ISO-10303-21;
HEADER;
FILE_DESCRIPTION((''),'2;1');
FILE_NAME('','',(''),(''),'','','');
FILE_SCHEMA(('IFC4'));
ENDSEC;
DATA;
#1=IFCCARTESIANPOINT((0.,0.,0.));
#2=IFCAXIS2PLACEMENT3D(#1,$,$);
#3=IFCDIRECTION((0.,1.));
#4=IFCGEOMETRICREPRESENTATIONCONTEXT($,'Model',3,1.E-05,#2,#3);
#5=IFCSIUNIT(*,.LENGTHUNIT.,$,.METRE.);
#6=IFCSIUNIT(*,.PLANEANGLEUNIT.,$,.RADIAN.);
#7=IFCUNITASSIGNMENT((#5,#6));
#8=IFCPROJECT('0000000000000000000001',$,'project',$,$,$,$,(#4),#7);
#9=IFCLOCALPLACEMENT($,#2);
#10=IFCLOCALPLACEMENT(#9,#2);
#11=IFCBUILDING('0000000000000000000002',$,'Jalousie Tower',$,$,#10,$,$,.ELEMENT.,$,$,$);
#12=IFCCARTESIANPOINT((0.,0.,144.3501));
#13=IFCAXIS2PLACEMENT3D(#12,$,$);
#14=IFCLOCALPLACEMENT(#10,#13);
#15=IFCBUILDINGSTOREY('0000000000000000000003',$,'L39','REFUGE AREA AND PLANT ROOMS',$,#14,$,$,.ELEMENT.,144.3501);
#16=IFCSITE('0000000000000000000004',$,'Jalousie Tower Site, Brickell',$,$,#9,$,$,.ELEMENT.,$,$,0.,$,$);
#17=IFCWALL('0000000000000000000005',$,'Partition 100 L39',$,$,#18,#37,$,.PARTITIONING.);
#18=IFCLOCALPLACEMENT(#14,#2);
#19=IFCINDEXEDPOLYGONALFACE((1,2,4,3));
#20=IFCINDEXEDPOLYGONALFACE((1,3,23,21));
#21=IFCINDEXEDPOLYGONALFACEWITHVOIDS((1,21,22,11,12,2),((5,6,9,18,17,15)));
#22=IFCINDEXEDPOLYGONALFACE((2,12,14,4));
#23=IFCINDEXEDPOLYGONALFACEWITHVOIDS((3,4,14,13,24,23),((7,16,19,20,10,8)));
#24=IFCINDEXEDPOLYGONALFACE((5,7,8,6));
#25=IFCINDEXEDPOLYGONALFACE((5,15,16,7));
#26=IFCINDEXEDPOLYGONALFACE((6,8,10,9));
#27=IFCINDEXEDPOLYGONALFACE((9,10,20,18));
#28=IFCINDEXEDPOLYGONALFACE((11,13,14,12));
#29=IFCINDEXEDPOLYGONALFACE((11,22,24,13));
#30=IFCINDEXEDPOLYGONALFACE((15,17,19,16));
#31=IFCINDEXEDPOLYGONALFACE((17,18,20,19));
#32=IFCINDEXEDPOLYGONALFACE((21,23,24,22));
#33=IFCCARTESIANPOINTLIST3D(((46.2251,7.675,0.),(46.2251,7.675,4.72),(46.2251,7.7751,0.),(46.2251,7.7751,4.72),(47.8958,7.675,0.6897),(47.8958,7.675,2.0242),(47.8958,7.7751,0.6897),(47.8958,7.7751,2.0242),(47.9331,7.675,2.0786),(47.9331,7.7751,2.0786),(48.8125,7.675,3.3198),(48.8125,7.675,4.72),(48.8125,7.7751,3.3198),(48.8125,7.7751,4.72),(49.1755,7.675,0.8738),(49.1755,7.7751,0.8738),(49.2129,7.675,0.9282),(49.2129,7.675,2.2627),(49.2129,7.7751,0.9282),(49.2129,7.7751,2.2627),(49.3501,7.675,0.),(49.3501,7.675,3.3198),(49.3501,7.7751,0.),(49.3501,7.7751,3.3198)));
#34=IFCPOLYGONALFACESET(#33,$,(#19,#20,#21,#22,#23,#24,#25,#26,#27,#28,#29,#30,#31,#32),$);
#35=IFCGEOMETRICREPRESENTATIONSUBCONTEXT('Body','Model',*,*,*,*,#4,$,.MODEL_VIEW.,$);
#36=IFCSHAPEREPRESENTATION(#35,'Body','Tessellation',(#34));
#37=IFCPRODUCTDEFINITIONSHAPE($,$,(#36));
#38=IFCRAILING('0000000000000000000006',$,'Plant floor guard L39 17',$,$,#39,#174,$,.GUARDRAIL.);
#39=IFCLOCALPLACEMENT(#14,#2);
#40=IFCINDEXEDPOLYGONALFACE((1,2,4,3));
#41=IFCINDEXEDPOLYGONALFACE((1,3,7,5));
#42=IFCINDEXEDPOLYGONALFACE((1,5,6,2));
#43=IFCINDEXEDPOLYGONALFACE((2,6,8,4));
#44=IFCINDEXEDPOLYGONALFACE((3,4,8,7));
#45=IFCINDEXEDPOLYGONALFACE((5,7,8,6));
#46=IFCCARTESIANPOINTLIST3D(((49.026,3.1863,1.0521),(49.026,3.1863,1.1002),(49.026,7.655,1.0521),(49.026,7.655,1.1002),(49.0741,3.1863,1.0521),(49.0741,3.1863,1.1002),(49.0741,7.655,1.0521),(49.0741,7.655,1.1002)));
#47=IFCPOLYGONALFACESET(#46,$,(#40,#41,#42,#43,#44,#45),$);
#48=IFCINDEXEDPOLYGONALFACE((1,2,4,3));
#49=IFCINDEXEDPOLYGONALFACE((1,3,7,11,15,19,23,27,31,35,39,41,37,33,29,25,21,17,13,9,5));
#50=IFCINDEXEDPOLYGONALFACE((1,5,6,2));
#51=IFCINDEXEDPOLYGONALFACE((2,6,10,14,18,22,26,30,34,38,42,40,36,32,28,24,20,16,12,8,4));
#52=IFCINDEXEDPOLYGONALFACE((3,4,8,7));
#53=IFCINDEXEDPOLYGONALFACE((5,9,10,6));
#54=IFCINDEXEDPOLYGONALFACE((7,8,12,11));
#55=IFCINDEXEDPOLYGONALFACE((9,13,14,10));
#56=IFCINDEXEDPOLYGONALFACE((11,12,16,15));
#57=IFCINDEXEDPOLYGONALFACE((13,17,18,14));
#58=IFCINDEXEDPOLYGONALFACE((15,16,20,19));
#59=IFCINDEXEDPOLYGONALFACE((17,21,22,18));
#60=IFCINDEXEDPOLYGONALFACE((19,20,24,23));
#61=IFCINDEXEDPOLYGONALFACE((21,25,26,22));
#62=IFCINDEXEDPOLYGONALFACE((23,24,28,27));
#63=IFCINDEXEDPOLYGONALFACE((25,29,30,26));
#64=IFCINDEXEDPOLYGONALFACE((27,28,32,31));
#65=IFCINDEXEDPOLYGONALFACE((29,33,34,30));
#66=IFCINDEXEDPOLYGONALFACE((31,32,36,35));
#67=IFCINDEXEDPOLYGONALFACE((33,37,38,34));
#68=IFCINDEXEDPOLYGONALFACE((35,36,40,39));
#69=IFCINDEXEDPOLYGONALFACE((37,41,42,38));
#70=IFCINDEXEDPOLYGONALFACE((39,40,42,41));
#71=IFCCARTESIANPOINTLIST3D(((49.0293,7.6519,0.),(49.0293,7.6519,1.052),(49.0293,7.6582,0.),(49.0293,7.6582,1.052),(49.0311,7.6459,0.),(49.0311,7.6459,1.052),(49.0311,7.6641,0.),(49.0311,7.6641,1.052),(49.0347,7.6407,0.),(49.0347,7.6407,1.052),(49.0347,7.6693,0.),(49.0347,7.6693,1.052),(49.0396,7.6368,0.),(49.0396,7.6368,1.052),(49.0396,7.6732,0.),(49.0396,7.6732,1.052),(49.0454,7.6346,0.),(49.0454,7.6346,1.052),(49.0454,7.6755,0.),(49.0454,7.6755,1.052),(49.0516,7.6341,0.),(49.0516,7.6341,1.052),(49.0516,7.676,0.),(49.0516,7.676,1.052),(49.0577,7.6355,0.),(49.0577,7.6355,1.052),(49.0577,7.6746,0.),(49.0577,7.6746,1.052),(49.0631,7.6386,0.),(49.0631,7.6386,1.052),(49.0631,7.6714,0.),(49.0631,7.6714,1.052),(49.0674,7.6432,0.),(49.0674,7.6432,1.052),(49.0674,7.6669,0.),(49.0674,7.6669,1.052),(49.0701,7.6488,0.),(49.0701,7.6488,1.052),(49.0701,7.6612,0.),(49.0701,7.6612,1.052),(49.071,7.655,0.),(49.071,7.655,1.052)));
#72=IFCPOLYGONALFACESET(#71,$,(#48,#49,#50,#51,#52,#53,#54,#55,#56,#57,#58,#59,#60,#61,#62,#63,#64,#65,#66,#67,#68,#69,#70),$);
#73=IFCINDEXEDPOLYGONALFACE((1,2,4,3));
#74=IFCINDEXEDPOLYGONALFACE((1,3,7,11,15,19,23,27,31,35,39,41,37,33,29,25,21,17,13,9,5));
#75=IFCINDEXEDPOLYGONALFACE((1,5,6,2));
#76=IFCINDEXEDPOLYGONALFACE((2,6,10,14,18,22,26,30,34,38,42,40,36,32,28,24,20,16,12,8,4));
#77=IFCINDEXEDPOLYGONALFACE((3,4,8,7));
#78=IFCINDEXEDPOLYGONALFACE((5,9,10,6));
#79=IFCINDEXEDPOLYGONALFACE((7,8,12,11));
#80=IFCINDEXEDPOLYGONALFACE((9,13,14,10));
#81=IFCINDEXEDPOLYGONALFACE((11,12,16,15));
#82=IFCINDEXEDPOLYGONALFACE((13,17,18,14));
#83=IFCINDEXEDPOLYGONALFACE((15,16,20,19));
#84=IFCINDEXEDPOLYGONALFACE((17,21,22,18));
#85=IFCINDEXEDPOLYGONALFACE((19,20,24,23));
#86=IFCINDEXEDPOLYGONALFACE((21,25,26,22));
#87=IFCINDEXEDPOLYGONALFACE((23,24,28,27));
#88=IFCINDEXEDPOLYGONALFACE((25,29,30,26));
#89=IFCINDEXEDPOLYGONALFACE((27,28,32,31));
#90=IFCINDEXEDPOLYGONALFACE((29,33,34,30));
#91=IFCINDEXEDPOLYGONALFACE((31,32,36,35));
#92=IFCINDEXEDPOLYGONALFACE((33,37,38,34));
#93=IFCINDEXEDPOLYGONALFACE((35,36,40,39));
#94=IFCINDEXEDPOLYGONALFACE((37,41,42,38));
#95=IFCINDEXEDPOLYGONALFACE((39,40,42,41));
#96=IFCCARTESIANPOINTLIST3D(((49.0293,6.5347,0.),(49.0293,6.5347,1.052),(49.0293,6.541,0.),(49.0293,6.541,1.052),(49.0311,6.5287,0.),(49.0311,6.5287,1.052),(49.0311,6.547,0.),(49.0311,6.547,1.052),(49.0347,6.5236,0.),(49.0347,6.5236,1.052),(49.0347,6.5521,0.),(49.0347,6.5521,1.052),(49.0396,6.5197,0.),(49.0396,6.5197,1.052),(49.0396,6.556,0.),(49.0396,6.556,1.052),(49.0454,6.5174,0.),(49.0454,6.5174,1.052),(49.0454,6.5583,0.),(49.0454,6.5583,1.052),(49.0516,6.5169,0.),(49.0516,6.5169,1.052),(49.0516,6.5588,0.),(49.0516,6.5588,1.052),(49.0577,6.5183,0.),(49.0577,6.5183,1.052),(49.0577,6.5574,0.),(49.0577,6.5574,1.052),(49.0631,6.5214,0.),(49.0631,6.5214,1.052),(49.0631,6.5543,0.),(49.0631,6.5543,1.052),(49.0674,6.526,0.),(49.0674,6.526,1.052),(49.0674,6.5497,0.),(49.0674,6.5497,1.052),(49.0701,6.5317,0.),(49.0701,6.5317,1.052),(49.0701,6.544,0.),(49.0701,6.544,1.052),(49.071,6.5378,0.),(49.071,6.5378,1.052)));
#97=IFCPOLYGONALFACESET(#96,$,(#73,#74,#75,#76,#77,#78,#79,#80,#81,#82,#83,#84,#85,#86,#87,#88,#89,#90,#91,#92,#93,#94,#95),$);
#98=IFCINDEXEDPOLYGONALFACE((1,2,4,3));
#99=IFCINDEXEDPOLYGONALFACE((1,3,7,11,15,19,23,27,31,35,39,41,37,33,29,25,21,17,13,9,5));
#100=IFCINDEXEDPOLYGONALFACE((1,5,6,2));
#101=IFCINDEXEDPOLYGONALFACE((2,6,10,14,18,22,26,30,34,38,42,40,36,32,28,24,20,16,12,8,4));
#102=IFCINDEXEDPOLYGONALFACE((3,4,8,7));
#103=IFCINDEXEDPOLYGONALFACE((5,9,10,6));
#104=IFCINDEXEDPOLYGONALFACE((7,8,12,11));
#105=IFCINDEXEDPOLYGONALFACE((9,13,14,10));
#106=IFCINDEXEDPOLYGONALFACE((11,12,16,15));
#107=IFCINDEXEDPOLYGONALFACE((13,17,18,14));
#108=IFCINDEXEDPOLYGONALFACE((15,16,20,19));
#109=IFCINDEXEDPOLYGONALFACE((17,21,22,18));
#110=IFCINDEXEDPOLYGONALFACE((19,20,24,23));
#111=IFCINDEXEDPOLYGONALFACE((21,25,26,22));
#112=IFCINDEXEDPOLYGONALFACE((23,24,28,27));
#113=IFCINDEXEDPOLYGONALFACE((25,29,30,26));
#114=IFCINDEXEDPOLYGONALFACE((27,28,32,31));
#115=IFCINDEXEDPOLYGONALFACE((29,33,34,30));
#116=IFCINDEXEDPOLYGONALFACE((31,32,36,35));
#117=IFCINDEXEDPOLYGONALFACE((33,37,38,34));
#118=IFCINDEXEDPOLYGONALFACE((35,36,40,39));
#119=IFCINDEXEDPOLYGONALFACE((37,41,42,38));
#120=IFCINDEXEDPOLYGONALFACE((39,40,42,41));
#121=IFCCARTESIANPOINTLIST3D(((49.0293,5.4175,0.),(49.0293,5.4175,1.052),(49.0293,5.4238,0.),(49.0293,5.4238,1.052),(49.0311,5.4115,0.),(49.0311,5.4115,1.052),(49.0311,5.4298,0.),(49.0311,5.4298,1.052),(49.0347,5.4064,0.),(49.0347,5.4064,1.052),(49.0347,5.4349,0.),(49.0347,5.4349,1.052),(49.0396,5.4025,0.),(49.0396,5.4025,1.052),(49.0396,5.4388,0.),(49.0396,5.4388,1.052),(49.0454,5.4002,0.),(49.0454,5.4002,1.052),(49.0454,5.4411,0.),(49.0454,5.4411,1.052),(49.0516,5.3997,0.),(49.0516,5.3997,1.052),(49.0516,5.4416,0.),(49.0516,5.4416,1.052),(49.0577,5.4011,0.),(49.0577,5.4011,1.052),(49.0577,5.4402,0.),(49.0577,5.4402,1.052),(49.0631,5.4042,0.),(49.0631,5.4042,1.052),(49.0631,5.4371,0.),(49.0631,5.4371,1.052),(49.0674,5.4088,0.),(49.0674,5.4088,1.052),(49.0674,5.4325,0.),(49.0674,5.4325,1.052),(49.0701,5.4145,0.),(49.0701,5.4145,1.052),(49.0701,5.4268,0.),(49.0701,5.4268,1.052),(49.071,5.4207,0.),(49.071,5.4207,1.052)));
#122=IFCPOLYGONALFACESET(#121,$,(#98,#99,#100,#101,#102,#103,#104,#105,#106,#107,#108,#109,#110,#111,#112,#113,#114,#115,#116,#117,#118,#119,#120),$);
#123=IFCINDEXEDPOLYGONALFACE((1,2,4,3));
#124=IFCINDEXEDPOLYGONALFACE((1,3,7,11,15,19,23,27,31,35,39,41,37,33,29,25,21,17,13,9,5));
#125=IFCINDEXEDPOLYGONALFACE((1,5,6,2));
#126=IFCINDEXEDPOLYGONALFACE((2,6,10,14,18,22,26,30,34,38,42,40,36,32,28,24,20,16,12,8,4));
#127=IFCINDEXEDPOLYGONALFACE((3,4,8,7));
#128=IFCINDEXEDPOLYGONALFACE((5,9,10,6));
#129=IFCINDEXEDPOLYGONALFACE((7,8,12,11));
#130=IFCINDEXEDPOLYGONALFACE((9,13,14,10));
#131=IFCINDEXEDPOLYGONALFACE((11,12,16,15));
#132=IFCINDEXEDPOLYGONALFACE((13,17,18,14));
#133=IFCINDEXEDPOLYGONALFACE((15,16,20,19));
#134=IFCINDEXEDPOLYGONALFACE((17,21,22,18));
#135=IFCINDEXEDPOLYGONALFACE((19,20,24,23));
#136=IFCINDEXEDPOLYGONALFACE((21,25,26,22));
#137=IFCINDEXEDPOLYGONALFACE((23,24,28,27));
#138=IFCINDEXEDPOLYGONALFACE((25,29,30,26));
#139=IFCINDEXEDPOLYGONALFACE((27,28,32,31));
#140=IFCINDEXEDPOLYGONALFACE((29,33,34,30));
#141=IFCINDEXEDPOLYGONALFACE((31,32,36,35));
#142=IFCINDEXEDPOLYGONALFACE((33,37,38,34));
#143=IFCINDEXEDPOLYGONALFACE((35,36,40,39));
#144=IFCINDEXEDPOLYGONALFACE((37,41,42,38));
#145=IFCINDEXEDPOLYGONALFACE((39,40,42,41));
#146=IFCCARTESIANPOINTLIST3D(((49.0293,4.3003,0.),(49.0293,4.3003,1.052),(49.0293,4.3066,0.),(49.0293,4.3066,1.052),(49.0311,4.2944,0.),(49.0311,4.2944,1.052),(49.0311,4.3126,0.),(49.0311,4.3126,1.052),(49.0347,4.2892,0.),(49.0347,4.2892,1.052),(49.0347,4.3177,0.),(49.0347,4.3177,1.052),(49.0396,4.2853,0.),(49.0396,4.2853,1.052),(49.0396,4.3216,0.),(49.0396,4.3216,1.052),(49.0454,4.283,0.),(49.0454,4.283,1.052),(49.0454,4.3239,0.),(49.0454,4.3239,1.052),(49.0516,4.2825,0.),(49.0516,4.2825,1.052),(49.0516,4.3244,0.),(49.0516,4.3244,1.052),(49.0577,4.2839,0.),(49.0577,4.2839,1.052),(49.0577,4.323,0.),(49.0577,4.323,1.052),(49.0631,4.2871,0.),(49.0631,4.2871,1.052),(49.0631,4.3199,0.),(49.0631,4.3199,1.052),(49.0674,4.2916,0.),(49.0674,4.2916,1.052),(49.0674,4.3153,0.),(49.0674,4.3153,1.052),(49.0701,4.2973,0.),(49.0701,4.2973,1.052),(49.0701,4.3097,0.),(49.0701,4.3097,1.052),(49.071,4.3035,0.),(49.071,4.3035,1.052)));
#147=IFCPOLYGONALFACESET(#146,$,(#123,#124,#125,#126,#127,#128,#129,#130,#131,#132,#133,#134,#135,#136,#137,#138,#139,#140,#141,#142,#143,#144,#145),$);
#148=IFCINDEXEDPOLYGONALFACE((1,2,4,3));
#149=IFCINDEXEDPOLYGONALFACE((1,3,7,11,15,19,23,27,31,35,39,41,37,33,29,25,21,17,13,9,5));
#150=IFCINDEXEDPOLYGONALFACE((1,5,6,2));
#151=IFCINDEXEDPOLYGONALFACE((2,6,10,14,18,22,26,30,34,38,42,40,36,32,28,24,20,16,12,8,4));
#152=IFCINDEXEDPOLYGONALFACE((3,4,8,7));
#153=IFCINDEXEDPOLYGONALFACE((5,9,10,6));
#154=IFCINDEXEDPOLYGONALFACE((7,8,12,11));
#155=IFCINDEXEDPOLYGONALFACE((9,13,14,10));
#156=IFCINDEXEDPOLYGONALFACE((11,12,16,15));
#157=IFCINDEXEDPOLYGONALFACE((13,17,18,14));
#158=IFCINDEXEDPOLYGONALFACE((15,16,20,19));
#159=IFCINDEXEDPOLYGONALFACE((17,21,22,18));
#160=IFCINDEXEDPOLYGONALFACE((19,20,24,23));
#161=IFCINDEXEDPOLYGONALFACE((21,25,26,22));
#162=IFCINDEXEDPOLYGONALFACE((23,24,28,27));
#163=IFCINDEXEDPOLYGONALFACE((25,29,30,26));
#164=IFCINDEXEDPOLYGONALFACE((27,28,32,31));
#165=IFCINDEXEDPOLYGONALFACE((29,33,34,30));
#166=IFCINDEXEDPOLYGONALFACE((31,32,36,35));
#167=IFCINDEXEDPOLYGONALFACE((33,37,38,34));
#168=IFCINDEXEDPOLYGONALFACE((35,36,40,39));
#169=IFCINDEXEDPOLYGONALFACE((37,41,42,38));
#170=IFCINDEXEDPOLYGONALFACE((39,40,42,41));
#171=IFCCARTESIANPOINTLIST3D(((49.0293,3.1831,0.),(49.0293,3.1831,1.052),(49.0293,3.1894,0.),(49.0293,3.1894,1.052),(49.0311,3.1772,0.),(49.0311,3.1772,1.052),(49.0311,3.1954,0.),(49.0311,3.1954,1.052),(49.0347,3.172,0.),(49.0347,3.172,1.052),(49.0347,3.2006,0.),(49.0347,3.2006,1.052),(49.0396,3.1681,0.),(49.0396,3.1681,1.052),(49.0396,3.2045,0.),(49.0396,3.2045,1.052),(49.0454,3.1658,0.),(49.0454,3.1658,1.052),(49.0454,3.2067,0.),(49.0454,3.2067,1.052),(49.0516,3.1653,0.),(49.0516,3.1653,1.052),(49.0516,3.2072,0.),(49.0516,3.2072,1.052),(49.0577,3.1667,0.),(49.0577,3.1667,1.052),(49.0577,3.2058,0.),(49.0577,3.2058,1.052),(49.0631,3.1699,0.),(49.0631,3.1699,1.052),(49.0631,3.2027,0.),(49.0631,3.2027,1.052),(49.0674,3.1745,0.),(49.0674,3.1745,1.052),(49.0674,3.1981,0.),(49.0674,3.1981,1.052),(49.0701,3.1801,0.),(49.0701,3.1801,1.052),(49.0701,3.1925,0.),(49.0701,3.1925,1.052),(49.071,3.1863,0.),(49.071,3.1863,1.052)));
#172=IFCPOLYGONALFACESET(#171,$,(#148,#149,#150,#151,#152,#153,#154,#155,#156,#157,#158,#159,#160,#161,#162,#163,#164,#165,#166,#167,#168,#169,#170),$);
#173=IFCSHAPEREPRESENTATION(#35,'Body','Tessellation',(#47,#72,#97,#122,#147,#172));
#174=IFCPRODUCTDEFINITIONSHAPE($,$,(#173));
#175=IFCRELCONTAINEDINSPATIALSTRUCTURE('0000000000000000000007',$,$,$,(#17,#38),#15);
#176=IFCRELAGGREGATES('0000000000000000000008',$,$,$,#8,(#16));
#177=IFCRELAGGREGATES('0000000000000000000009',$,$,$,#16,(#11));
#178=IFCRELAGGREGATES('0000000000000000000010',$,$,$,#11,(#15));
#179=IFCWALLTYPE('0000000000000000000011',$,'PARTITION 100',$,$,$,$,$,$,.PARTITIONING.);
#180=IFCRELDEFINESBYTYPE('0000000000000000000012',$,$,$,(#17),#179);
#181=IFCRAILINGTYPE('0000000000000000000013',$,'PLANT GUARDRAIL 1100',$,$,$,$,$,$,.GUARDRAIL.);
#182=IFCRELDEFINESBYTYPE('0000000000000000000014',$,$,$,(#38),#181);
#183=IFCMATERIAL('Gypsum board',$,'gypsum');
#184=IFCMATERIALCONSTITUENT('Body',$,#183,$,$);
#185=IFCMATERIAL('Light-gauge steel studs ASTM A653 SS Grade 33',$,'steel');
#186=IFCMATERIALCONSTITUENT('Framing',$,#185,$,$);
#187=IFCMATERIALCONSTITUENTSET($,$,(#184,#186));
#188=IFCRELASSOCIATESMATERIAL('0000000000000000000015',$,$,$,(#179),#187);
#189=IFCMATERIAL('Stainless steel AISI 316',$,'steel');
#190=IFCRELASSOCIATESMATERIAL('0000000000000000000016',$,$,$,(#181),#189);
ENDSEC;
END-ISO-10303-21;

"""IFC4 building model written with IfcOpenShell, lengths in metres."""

from ifc_helpers import new_model, si_unit, direction, frame, origin, origin_2d, place, context, subcontext, project, spatial, polyline, rectangle, circle, outline, extrude, material, constituent, constituent_set, type_object, element, save


model = new_model("IFC4")

# Units and contexts
model_context = context("Model", 3, precision=1e-05, world=origin(), true_north=direction((0.0, 1.0)))
body_context = subcontext(model_context, "Body", "Model", "MODEL_VIEW")
ifc_project = project(units=[si_unit("LENGTHUNIT", "METRE"), si_unit("PLANEANGLEUNIT", "RADIAN")], contexts=[model_context])

# Site, building, storey
site_placement = place(None, origin())
site = spatial("IfcSite", under=ifc_project, at=site_placement, Name="Jalousie Tower Site, Brickell", CompositionType="ELEMENT", RefElevation=0.0)
building_placement = place(site_placement, origin())
building = spatial("IfcBuilding", under=site, at=building_placement, Name="Jalousie Tower", CompositionType="ELEMENT")
storey_placement = place(building_placement, frame((0.0, 0.0, 144.3501)))
storey = spatial("IfcBuildingStorey", under=building, at=storey_placement, Name="L39", Description="REFUGE AREA AND PLANT ROOMS", CompositionType="ELEMENT", Elevation=144.3501)

# Wall
ifc_material_1 = material(Name="Gypsum board", Category="gypsum")
ifc_constituent_1 = constituent(ifc_material_1, Name="Body")
ifc_material_2 = material(Name="Light-gauge steel studs ASTM A653 SS Grade 33", Category="steel")
ifc_constituent_2 = constituent(ifc_material_2, Name="Framing")
ifc_constituent_set_1 = constituent_set(constituents=[ifc_constituent_1, ifc_constituent_2])
wall_type_1 = type_object("IfcWallType", Name="PARTITION 100", PredefinedType="PARTITIONING", material=ifc_constituent_set_1)
wall_1_placement = place(storey_placement, frame((46.2251, 7.7251, 0.0), z_axis=(0.0, 0.0, 1.0), x_axis=(1.0, 0.0, 0.0)))
element("IfcWall", 1, at=wall_1_placement, inside=storey, type_object=wall_type_1, Name="Partition 100 L39", PredefinedType="PARTITIONING", context=body_context, shape_type="SweptSolid", body=[
    extrude(outline(polyline([(0.0, 0.0), (3.125, 0.0), (3.125, 3.3198), (2.5874, 3.3198), (2.5874, 4.72), (0.0, 4.72), (0.0, 0.0)]), holes=[polyline([(2.9504, 0.8738), (1.6707, 0.6897), (1.6707, 2.0242), (1.708, 2.0786), (2.9878, 2.2627), (2.9878, 0.9282), (2.9504, 0.8738)])]), frame((0.0, 0.05, 0.0), z_axis=(0.0, -1.0, 0.0), x_axis=(1.0, 0.0, 0.0)), (0.0, 0.0, 1.0), 0.1001),
])

# Railing
ifc_material_3 = material(Name="Stainless steel AISI 316", Category="steel")
railing_type = type_object("IfcRailingType", Name="PLANT GUARDRAIL 1100", PredefinedType="GUARDRAIL", material=ifc_material_3)
railing_1_placement = place(storey_placement, frame((49.05, 7.655, 0.0)))
element("IfcRailing", 2, at=railing_1_placement, inside=storey, type_object=railing_type, Name="Plant floor guard L39 17", PredefinedType="GUARDRAIL", context=body_context, shape_type="SweptSolid", body=[
    extrude(rectangle(XDim=0.0481, YDim=0.0481, at=origin_2d()), frame((0.0, 0.0, 1.0762), z_axis=(0.0, -1.0, 0.0), x_axis=(1.0, 0.0, 0.0)), (0.0, 0.0, 1.0), 4.4688),
    extrude(circle(Radius=0.021, at=origin_2d()), origin(), (0.0, 0.0, 1.0), 1.052),
    extrude(circle(Radius=0.021, at=origin_2d()), frame((0.0, -1.1172, 0.0)), (0.0, 0.0, 1.0), 1.052),
    extrude(circle(Radius=0.021, at=origin_2d()), frame((0.0, -2.2344, 0.0)), (0.0, 0.0, 1.0), 1.052),
    extrude(circle(Radius=0.021, at=origin_2d()), frame((0.0, -3.3516, 0.0)), (0.0, 0.0, 1.0), 1.052),
    extrude(circle(Radius=0.021, at=origin_2d()), frame((0.0, -4.4688, 0.0)), (0.0, 0.0, 1.0), 1.052),
])

save(model, "model.ifc")
